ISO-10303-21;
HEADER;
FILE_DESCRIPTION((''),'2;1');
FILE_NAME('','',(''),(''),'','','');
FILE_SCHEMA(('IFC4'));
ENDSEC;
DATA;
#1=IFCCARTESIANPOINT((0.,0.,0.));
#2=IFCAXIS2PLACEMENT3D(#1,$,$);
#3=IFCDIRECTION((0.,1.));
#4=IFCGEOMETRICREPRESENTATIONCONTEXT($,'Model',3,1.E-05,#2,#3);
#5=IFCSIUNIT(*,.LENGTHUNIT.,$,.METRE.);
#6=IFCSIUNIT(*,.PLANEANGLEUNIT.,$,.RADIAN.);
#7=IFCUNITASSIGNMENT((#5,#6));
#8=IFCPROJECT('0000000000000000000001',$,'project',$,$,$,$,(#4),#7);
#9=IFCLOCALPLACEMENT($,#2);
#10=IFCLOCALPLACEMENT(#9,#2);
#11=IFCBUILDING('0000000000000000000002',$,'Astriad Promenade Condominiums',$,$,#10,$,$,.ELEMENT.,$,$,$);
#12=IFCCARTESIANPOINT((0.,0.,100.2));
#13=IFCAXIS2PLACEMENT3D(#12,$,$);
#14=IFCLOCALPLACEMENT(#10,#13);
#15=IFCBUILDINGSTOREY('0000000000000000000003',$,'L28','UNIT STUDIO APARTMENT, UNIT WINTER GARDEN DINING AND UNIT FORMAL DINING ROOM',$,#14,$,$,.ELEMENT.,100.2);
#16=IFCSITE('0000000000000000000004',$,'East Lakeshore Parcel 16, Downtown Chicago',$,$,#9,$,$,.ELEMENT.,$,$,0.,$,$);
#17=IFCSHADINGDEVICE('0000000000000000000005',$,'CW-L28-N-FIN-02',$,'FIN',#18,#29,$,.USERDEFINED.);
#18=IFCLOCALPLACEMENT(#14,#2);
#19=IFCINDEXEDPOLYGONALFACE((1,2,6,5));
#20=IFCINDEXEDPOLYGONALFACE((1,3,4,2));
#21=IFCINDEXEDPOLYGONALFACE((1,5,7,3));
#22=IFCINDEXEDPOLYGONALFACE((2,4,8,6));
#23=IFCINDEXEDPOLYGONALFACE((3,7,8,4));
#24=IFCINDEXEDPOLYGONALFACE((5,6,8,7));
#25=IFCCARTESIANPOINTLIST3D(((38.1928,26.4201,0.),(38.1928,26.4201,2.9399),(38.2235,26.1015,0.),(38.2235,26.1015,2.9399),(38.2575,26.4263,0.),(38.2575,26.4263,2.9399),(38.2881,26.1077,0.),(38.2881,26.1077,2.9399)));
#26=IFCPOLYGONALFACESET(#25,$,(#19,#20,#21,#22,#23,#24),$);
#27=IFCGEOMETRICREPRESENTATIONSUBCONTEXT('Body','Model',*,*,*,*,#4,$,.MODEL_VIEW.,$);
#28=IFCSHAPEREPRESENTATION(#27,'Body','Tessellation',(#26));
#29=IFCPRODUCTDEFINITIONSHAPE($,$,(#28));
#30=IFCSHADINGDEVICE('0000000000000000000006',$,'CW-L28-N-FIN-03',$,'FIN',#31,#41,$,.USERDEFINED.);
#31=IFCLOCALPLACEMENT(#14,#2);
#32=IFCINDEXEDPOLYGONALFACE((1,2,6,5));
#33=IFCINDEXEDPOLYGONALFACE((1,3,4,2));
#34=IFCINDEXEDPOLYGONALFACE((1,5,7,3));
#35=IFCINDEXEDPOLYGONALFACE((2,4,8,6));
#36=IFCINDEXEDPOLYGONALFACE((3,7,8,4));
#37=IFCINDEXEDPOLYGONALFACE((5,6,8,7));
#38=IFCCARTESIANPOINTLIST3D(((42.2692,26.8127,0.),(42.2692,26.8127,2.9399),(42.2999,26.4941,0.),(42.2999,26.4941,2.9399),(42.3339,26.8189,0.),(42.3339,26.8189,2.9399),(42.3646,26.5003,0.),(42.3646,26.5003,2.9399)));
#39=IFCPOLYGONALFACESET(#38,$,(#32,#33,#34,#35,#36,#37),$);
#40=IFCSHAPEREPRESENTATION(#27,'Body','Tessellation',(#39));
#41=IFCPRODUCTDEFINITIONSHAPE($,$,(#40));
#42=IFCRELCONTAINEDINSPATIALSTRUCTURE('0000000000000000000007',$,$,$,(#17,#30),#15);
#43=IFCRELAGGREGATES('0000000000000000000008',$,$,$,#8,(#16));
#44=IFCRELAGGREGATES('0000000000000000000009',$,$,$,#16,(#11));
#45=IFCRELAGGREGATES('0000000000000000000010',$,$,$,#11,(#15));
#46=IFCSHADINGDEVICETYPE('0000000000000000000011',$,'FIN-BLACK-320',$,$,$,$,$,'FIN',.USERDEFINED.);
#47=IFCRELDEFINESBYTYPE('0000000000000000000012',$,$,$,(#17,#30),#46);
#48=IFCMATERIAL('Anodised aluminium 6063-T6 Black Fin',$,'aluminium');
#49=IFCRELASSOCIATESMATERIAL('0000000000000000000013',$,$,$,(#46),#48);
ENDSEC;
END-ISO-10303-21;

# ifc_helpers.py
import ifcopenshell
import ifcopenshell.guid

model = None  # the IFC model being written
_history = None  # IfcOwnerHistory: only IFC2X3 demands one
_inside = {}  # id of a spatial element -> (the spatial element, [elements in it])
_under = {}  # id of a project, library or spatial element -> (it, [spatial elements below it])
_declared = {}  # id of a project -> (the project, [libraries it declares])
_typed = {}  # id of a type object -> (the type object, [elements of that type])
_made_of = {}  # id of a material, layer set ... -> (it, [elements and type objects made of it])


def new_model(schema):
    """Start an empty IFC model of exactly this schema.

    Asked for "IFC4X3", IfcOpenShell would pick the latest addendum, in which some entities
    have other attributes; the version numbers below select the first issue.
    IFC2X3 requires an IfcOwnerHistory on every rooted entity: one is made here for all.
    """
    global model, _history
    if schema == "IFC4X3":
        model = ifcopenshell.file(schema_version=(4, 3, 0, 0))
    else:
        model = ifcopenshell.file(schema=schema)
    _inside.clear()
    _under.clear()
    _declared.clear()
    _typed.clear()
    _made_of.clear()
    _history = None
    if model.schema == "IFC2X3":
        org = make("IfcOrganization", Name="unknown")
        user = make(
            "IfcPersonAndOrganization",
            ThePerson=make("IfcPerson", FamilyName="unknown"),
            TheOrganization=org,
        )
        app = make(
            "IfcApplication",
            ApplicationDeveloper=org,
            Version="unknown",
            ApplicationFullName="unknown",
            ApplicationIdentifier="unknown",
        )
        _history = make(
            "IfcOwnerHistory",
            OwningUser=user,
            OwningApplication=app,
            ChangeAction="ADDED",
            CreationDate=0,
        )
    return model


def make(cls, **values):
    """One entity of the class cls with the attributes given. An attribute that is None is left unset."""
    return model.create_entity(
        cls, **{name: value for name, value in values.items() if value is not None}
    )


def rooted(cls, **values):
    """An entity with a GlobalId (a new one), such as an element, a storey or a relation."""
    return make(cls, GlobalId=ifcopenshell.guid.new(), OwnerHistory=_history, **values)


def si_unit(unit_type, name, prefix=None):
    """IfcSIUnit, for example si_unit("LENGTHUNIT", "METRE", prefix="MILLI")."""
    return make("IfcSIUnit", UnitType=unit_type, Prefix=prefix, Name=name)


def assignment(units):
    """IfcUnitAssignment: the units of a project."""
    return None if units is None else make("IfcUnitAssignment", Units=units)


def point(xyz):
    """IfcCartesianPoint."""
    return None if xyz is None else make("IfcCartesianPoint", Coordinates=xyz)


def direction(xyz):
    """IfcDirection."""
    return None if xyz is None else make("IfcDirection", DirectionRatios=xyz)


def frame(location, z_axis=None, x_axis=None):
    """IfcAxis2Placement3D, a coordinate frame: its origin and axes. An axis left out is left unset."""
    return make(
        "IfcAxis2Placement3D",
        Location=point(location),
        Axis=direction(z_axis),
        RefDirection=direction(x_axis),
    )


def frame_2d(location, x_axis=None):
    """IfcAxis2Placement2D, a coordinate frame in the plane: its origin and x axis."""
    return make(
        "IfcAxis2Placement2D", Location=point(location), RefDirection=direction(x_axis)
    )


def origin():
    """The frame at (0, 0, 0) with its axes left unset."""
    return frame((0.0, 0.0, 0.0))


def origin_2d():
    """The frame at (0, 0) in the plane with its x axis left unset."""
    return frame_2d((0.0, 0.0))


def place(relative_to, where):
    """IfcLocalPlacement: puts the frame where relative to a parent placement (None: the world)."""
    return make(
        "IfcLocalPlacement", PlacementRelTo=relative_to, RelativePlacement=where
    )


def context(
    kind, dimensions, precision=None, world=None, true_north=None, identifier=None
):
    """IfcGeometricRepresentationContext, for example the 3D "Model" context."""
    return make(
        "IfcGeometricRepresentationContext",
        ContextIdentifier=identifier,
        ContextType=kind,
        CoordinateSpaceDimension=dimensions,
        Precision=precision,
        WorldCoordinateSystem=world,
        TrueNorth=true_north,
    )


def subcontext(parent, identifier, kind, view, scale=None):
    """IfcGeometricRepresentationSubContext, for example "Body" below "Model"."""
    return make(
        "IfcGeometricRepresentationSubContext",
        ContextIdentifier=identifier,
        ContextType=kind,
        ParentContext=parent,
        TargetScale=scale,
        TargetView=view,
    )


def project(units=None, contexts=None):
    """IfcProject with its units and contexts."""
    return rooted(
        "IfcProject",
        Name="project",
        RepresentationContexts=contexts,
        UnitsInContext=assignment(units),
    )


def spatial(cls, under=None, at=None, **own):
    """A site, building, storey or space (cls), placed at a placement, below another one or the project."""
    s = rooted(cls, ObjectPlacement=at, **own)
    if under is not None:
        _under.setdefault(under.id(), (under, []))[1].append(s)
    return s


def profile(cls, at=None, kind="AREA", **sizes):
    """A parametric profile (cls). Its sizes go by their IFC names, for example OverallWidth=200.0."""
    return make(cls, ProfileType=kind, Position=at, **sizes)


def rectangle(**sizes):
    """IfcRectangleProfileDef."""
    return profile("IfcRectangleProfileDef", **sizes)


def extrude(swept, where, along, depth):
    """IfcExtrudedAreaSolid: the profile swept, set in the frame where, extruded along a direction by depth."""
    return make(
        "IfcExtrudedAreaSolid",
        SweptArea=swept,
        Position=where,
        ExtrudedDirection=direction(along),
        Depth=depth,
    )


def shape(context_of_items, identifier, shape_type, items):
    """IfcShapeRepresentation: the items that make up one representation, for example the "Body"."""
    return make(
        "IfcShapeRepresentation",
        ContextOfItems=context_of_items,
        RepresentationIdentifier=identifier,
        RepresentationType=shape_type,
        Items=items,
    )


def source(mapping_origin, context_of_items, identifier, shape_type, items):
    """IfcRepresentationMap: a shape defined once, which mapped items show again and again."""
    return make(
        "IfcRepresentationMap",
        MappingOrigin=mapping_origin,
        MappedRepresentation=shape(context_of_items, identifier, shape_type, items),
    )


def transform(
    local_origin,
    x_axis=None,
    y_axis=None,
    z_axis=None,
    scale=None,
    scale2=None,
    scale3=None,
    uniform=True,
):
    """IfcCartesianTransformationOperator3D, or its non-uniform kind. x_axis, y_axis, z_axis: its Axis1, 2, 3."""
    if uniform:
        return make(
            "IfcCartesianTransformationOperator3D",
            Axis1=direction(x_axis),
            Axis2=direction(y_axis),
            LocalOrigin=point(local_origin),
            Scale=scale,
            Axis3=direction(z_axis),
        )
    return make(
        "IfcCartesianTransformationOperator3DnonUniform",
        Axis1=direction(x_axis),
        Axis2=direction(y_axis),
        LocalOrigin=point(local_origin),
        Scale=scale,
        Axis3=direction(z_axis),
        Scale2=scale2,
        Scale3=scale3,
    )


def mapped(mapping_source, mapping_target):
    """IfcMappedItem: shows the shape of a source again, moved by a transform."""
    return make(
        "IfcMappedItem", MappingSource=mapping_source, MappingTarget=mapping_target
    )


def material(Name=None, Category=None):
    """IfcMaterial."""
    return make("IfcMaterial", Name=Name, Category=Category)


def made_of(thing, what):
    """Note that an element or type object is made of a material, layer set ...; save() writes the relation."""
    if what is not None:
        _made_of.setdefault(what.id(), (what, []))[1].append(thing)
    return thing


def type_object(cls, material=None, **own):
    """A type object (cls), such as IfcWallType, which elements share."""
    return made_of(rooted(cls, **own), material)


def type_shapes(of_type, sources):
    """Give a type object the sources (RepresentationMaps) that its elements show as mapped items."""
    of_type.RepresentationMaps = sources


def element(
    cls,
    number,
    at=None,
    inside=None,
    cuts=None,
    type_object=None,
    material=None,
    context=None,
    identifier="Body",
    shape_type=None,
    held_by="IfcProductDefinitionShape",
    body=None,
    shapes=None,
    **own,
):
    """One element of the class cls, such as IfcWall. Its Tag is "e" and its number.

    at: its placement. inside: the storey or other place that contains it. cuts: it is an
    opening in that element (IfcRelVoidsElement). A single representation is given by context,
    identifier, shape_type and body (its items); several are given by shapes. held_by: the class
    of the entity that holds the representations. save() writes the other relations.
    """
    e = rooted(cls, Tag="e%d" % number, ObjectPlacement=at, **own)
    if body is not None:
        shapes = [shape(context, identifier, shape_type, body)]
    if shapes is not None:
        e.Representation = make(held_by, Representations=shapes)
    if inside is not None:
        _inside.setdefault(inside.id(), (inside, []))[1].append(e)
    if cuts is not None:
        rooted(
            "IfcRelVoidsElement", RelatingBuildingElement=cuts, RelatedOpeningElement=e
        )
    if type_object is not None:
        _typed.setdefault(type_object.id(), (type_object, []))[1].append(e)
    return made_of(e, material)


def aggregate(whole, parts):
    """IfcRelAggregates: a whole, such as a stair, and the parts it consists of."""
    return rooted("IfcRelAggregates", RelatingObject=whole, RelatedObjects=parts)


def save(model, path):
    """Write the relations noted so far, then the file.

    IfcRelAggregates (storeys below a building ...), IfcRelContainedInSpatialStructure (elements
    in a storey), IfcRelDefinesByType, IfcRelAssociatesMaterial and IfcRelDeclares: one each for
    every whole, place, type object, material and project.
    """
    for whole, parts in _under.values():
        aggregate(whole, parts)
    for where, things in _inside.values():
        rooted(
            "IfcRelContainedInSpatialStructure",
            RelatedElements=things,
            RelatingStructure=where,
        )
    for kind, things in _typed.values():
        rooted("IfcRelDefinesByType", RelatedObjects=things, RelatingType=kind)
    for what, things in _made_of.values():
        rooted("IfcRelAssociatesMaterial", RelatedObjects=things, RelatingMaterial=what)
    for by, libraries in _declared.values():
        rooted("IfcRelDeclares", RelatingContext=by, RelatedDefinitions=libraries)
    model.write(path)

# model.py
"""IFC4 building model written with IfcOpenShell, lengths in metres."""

from ifc_helpers import new_model, si_unit, direction, frame, origin, origin_2d, place, context, subcontext, project, spatial, rectangle, extrude, source, transform, mapped, material, type_object, type_shapes, element, save


model = new_model("IFC4")

# Units and contexts
model_context = context("Model", 3, precision=1e-05, world=origin(), true_north=direction((0.0, 1.0)))
body_context = subcontext(model_context, "Body", "Model", "MODEL_VIEW")
ifc_project = project(units=[si_unit("LENGTHUNIT", "METRE"), si_unit("PLANEANGLEUNIT", "RADIAN")], contexts=[model_context])

# Site, building, storey
site_placement = place(None, origin())
site = spatial("IfcSite", under=ifc_project, at=site_placement, Name="East Lakeshore Parcel 16, Downtown Chicago", CompositionType="ELEMENT", RefElevation=0.0)
building_placement = place(site_placement, origin())
building = spatial("IfcBuilding", under=site, at=building_placement, Name="Astriad Promenade Condominiums", CompositionType="ELEMENT")
storey_placement = place(building_placement, frame((0.0, 0.0, 100.2)))
storey = spatial("IfcBuildingStorey", under=building, at=storey_placement, Name="L28", Description="UNIT STUDIO APARTMENT, UNIT WINTER GARDEN DINING AND UNIT FORMAL DINING ROOM", CompositionType="ELEMENT", Elevation=100.2)

# Shading devices
ifc_material_1 = material(Name="Anodised aluminium 6063-T6 Black Fin", Category="aluminium")
shading_device_type = type_object("IfcShadingDeviceType", Name="FIN-BLACK-320", ElementType="FIN", PredefinedType="USERDEFINED", material=ifc_material_1)
shared_shape_1 = source(origin(), body_context, "Body", "SweptSolid", [
    extrude(rectangle(XDim=0.0649, YDim=0.3201, at=origin_2d()), origin(), (0.0, 0.0, 1.0), 2.9399),
])
type_shapes(shading_device_type, [shared_shape_1])
for number, where, z_axis, x_axis, name in (
    (1, (38.2405, 26.2639, 0.0), (0.0, 0.0, 1.0), (0.995396, 0.095846, 0.0), "CW-L28-N-FIN-02"),
    (2, (42.3169, 26.6565, 0.0), (0.0, 0.0, 1.0), (0.995396, 0.095846, 0.0), "CW-L28-N-FIN-03"),
):
    element("IfcShadingDevice", number, at=place(storey_placement, frame(where, z_axis=z_axis, x_axis=x_axis)), inside=storey, type_object=shading_device_type, Name=name, ObjectType="FIN", PredefinedType="USERDEFINED", context=body_context, shape_type="MappedRepresentation", body=[
        mapped(shared_shape_1, transform((0.0, 0.0, 0.0), scale=1.0)),
    ])

save(model, "model.ifc")
